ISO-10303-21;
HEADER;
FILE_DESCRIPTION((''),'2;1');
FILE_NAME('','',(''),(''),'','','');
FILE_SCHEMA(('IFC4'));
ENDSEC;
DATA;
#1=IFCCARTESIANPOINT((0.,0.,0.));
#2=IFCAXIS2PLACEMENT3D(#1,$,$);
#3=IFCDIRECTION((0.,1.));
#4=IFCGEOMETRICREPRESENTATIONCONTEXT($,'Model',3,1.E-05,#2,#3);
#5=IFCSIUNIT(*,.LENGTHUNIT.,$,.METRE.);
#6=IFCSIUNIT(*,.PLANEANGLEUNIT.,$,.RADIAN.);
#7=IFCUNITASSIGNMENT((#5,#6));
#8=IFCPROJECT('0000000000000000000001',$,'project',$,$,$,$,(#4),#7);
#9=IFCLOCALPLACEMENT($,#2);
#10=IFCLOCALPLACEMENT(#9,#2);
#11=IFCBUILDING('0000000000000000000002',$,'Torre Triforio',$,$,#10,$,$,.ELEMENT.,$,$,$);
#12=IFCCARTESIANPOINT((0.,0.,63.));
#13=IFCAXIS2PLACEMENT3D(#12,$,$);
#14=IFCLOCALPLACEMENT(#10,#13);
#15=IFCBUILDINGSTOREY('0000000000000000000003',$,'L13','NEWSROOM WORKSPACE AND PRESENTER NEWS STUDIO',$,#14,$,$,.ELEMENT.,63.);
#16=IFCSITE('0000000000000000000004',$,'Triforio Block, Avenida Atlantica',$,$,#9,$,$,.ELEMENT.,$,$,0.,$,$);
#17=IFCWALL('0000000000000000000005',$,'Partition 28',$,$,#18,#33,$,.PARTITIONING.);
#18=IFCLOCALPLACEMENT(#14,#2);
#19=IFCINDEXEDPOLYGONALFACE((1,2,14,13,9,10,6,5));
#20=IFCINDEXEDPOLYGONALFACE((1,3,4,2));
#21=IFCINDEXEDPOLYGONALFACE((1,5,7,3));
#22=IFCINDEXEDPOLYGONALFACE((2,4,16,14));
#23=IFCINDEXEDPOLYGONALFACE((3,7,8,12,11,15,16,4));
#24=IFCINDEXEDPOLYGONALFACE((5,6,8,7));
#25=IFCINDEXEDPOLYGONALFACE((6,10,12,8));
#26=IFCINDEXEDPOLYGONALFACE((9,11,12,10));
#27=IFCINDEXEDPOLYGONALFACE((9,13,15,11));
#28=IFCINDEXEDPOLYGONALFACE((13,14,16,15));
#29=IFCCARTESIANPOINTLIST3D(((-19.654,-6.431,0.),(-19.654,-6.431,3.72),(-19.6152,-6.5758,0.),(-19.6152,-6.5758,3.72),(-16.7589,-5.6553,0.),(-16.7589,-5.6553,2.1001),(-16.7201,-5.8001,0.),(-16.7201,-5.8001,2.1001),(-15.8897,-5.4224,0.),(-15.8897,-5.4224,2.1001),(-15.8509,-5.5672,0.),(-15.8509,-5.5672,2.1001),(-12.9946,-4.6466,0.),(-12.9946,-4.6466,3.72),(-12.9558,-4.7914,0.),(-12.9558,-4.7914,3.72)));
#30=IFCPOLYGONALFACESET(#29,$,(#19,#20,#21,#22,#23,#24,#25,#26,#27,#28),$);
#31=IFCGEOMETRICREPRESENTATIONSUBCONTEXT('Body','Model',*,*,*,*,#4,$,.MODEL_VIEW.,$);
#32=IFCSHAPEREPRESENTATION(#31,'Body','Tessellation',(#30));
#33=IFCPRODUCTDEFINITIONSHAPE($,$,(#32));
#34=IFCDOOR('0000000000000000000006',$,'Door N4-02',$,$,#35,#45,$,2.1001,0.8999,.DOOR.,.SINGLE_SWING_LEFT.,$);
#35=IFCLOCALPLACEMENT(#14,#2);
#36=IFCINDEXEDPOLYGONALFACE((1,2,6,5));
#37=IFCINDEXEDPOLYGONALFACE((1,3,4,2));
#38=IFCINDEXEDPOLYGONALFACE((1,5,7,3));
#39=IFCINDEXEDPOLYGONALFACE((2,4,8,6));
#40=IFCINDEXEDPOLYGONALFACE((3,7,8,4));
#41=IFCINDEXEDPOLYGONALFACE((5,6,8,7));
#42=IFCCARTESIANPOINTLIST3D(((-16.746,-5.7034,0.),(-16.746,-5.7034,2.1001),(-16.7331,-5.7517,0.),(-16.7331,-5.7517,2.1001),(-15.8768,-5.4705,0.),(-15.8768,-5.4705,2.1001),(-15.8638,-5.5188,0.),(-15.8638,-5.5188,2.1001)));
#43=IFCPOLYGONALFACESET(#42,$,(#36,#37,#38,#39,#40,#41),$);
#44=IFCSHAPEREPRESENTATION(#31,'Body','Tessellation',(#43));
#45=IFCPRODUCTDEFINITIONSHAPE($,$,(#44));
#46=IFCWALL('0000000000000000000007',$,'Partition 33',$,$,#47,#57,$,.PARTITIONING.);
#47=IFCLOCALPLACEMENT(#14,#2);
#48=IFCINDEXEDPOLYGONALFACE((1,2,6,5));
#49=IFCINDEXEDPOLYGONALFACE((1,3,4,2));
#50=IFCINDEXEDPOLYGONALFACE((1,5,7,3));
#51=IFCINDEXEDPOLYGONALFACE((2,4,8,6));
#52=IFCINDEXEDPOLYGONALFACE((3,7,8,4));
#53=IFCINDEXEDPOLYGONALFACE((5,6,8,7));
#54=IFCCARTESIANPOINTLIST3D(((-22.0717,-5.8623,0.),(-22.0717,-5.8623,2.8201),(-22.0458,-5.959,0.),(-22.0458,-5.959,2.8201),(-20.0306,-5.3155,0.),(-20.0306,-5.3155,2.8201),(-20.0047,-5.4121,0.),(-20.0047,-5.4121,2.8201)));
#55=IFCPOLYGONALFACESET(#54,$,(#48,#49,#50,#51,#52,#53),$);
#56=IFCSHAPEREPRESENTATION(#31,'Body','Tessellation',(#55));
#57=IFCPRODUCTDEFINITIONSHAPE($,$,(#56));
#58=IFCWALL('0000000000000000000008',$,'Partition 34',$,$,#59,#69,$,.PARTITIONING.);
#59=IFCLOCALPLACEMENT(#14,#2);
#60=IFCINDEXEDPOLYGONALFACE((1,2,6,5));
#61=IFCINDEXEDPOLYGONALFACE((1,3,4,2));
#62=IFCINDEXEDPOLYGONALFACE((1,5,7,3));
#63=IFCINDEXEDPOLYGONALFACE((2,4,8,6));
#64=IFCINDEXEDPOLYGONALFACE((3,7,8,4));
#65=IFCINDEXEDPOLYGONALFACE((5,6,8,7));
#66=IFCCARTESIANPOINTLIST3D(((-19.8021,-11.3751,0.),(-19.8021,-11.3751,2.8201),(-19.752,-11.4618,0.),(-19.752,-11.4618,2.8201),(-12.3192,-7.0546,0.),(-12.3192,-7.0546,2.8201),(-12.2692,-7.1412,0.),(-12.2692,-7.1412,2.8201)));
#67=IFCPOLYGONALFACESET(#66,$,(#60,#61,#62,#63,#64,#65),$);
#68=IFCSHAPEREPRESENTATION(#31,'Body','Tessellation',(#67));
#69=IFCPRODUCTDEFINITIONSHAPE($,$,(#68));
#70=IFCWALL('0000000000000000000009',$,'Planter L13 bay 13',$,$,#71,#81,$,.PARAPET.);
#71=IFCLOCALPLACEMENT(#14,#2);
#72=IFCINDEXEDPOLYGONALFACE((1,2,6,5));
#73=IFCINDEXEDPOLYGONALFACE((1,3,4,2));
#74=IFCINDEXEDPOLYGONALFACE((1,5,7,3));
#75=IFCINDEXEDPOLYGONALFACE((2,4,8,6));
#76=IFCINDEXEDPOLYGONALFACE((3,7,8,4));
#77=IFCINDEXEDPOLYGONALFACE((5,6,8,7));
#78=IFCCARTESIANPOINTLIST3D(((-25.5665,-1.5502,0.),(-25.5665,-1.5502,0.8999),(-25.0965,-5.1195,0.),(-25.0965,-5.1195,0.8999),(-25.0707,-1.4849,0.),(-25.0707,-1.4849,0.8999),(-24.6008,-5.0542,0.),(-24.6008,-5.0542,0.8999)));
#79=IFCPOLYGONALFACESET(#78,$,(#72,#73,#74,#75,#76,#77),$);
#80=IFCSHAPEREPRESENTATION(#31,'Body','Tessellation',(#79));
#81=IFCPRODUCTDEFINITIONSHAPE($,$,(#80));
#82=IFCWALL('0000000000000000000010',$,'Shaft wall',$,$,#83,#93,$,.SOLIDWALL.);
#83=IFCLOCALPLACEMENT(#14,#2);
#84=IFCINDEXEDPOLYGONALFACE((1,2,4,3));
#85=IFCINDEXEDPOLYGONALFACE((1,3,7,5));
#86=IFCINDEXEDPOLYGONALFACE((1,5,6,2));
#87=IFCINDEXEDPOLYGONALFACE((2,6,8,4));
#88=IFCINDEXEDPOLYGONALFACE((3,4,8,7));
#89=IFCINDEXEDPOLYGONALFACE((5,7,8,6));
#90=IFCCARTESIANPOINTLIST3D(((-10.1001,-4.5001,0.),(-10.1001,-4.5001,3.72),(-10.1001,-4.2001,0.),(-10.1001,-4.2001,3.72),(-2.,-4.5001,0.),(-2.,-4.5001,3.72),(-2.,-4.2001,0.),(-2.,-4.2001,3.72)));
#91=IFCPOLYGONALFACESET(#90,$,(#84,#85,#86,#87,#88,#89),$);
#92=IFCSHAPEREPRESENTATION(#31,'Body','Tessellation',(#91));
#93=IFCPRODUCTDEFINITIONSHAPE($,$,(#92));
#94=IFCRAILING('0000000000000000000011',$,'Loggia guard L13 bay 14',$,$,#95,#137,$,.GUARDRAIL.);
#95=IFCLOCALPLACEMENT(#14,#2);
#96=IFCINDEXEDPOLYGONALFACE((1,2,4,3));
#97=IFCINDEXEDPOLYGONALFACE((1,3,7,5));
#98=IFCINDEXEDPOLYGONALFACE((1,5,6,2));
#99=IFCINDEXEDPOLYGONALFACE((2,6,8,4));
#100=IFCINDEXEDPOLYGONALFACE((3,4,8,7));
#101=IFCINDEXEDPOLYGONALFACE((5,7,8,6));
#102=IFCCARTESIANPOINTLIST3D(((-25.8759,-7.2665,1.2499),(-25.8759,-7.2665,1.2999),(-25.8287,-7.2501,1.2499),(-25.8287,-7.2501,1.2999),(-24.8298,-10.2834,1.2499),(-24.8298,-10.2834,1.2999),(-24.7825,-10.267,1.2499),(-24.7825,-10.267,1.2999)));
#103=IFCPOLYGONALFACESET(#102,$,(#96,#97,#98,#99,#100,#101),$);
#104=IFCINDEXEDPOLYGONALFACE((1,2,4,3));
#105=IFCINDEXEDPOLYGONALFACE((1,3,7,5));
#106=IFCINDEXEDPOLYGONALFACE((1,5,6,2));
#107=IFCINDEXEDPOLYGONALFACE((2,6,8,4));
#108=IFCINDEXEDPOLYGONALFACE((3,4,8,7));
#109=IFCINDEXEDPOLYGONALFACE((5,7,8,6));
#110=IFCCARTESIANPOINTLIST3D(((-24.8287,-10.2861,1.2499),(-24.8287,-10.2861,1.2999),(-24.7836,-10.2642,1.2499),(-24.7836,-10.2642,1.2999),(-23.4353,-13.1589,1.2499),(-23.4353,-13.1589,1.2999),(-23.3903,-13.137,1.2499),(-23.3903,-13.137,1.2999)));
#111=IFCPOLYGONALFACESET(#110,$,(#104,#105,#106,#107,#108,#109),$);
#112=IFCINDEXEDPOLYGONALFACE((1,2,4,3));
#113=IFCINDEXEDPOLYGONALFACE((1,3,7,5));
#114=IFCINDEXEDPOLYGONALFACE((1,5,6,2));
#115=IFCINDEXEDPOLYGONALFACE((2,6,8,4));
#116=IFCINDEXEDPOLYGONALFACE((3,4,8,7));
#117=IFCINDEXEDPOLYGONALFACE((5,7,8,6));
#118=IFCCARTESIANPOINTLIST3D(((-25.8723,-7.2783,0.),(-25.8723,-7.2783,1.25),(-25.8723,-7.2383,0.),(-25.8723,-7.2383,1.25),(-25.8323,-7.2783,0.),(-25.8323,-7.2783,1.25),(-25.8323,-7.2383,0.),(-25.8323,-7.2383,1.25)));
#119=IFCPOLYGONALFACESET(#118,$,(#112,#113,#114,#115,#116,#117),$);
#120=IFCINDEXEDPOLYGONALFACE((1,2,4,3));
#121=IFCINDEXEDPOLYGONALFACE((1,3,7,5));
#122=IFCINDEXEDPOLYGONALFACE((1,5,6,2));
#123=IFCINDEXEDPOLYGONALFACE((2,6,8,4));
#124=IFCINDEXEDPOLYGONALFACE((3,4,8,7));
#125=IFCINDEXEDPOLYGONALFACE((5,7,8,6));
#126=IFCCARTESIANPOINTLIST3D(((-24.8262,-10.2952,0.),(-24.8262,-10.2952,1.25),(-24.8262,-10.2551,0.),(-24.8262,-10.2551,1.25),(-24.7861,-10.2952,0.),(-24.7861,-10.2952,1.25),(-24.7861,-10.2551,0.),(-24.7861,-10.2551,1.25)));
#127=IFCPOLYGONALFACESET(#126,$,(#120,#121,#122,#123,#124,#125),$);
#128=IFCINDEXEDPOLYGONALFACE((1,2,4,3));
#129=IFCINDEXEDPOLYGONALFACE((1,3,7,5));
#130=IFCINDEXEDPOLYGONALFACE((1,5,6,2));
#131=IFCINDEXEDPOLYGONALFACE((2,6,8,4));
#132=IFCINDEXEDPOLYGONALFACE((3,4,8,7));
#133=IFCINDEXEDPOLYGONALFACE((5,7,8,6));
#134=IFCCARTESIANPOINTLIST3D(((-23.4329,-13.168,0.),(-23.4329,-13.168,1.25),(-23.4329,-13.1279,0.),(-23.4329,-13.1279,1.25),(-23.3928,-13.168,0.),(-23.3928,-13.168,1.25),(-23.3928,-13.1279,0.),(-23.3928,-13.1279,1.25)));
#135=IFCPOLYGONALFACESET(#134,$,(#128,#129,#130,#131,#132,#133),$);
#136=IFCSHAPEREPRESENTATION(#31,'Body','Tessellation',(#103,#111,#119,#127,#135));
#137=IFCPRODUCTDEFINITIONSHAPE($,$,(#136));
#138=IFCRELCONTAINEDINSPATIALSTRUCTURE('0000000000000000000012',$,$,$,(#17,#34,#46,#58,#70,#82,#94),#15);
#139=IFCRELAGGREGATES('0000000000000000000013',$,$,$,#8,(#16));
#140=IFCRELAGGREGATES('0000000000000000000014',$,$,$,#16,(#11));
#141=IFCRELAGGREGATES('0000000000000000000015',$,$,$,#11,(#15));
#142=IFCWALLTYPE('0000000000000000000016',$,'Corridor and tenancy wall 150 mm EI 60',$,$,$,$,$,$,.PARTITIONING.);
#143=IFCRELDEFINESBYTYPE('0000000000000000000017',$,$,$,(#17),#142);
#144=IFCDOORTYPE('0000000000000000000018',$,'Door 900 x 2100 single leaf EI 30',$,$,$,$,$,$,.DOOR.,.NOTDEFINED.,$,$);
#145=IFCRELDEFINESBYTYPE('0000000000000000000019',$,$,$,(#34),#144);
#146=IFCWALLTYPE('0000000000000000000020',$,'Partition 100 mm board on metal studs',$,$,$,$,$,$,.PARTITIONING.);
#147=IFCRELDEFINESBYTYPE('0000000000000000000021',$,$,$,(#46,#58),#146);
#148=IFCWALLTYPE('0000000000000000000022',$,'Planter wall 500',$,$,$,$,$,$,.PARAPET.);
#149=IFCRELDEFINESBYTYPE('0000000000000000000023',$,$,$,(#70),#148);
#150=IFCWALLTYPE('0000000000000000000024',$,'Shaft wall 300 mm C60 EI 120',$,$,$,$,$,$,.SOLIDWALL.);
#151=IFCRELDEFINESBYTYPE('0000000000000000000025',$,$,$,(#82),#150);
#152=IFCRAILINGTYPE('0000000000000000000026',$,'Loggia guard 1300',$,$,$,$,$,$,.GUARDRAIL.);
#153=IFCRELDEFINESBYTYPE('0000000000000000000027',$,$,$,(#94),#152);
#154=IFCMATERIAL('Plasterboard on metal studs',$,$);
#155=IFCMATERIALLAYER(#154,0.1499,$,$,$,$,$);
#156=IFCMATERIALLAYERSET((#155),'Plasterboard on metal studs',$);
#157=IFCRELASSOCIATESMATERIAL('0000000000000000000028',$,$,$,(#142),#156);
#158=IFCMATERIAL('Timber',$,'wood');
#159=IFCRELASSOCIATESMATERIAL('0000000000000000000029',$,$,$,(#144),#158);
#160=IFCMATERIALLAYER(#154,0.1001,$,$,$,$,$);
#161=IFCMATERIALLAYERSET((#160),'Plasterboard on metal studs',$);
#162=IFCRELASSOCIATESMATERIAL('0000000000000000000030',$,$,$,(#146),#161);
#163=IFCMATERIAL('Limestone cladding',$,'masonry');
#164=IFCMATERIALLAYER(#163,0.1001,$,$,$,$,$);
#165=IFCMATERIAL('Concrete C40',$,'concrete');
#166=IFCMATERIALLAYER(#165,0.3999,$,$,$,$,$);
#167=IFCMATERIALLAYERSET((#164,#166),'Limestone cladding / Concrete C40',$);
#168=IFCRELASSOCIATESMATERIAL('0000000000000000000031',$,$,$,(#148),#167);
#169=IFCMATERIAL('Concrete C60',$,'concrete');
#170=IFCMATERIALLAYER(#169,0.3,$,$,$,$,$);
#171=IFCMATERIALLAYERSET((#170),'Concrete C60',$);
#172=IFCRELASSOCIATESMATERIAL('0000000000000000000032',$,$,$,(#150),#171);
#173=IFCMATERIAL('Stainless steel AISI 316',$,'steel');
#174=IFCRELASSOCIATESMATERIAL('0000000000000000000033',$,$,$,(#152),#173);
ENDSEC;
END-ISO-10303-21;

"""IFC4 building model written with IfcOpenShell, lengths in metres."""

from ifc_helpers import new_model, si_unit, direction, frame, frame_2d, origin, origin_2d, place, context, subcontext, project, spatial, rectangle, extrude, material, layer, layer_set, type_object, element, fill, save


model = new_model("IFC4")

# Units and contexts
model_context = context("Model", 3, precision=1e-05, world=origin(), true_north=direction((0.0, 1.0)))
body_context = subcontext(model_context, "Body", "Model", "MODEL_VIEW")
ifc_project = project(units=[si_unit("LENGTHUNIT", "METRE"), si_unit("PLANEANGLEUNIT", "RADIAN")], contexts=[model_context])

# Site, building, storey
site_placement = place(None, origin())
site = spatial("IfcSite", under=ifc_project, at=site_placement, Name="Triforio Block, Avenida Atlantica", CompositionType="ELEMENT", RefElevation=0.0)
building_placement = place(site_placement, origin())
building = spatial("IfcBuilding", under=site, at=building_placement, Name="Torre Triforio", CompositionType="ELEMENT")
storey_placement = place(building_placement, frame((0.0, 0.0, 63.0)))
storey = spatial("IfcBuildingStorey", under=building, at=storey_placement, Name="L13", Description="NEWSROOM WORKSPACE AND PRESENTER NEWS STUDIO", CompositionType="ELEMENT", Elevation=63.0)

# Shared definitions
ifc_material_1 = material(Name="Concrete C60", Category="concrete")

# Shared definitions
ifc_material_2 = material(Name="Plasterboard on metal studs")
ifc_layer_1 = layer(ifc_material_2, 0.1499)
ifc_layer_set_1 = layer_set([ifc_layer_1], Name="Plasterboard on metal studs")
wall_type_1 = type_object("IfcWallType", Name="Corridor and tenancy wall 150 mm EI 60", PredefinedType="PARTITIONING", material=ifc_layer_set_1)

# Shared definitions
ifc_material_3 = material(Name="Timber", Category="wood")

# Wall, opening, door
wall_1_placement = place(storey_placement, frame((-12.9751, -4.719, 0.0), z_axis=(0.0, 0.0, 1.0), x_axis=(-0.965924, -0.258824, 0.0)))
wall_1 = element("IfcWall", 1, at=wall_1_placement, inside=storey, type_object=wall_type_1, Name="Partition 28", PredefinedType="PARTITIONING", context=body_context, shape_type="SweptSolid", body=[
    extrude(rectangle(XDim=6.8943, YDim=0.1499, at=frame_2d((3.4473, 0.0))), origin(), (0.0, 0.0, 1.0), 3.72),
])
opening_1_placement = place(wall_1_placement, frame((2.9973, 0.0, 0.0)))
opening_1 = element("IfcOpeningElement", 2, at=opening_1_placement, cuts=wall_1, PredefinedType="OPENING", context=body_context, shape_type="SweptSolid", body=[
    extrude(rectangle(XDim=0.8999, YDim=2.1001, at=frame_2d((0.45, 1.05))), frame((0.0, 0.085, 0.0), z_axis=(0.0, -1.0, 0.0), x_axis=(1.0, 0.0, 0.0)), (0.0, 0.0, 1.0), 0.1699),
])
door_type_1 = type_object("IfcDoorType", Name="Door 900 x 2100 single leaf EI 30", OperationType="NOTDEFINED", PredefinedType="DOOR", material=ifc_material_3)
door_1_placement = place(opening_1_placement, origin())
door_1 = element("IfcDoor", 3, at=door_1_placement, inside=storey, type_object=door_type_1, Name="Door N4-02", OperationType="SINGLE_SWING_LEFT", OverallHeight=2.1001, OverallWidth=0.8999, PredefinedType="DOOR", context=body_context, shape_type="SweptSolid", body=[
    extrude(rectangle(XDim=0.8999, YDim=2.1001, at=frame_2d((0.45, 1.05))), frame((0.0, 0.0249, 0.0), z_axis=(0.0, -1.0, 0.0), x_axis=(1.0, 0.0, 0.0)), (0.0, 0.0, 1.0), 0.05),
])
fill(opening_1, door_1)

# Walls
ifc_layer_2 = layer(ifc_material_2, 0.1001)
ifc_layer_set_2 = layer_set([ifc_layer_2], Name="Plasterboard on metal studs")
wall_type_2 = type_object("IfcWallType", Name="Partition 100 mm board on metal studs", PredefinedType="PARTITIONING", material=ifc_layer_set_2)
wall_2_placement = place(storey_placement, frame((-20.0176, -5.3638, 0.0), z_axis=(0.0, 0.0, 1.0), x_axis=(-0.965927, -0.258813, 0.0)))
element("IfcWall", 4, at=wall_2_placement, inside=storey, type_object=wall_type_2, Name="Partition 33", PredefinedType="PARTITIONING", context=body_context, shape_type="SweptSolid", body=[
    extrude(rectangle(XDim=2.113, YDim=0.1001, at=frame_2d((1.0566, 0.0))), origin(), (0.0, 0.0, 1.0), 2.8201),
])
wall_3_placement = place(storey_placement, frame((-12.2942, -7.0979, 0.0), z_axis=(0.0, 0.0, 1.0), x_axis=(-0.866011, -0.500026, 0.0)))
element("IfcWall", 5, at=wall_3_placement, inside=storey, type_object=wall_type_2, Name="Partition 34", PredefinedType="PARTITIONING", context=body_context, shape_type="SweptSolid", body=[
    extrude(rectangle(XDim=8.6406, YDim=0.1001, at=frame_2d((4.3203, 0.0))), origin(), (0.0, 0.0, 1.0), 2.8201),
])
ifc_material_4 = material(Name="Limestone cladding", Category="masonry")
ifc_layer_3 = layer(ifc_material_4, 0.1001)
ifc_material_5 = material(Name="Concrete C40", Category="concrete")
ifc_layer_4 = layer(ifc_material_5, 0.3999)
ifc_layer_set_3 = layer_set([ifc_layer_3, ifc_layer_4], Name="Limestone cladding / Concrete C40")
wall_type_3 = type_object("IfcWallType", Name="Planter wall 500", PredefinedType="PARAPET", material=ifc_layer_set_3)
wall_4_placement = place(storey_placement, frame((-25.3186, -1.5176, 0.0), z_axis=(0.0, 0.0, 1.0), x_axis=(0.130542, -0.991443, 0.0)))
element("IfcWall", 6, at=wall_4_placement, inside=storey, type_object=wall_type_3, Name="Planter L13 bay 13", PredefinedType="PARAPET", context=body_context, shape_type="SweptSolid", body=[
    extrude(rectangle(XDim=3.6001, YDim=0.5, at=frame_2d((1.8, 0.0))), origin(), (0.0, 0.0, 1.0), 0.8999),
])
ifc_layer_5 = layer(ifc_material_1, 0.3)
ifc_layer_set_4 = layer_set([ifc_layer_5], Name="Concrete C60")
wall_type_4 = type_object("IfcWallType", Name="Shaft wall 300 mm C60 EI 120", PredefinedType="SOLIDWALL", material=ifc_layer_set_4)
wall_5_placement = place(storey_placement, frame((-10.1001, -4.3501, 0.0), z_axis=(0.0, 0.0, 1.0), x_axis=(1.0, 0.0, 0.0)))
element("IfcWall", 7, at=wall_5_placement, inside=storey, type_object=wall_type_4, Name="Shaft wall", PredefinedType="SOLIDWALL", context=body_context, shape_type="SweptSolid", body=[
    extrude(rectangle(XDim=8.1001, YDim=0.3, at=frame_2d((4.05, 0.0))), origin(), (0.0, 0.0, 1.0), 3.72),
])

# Railing
ifc_material_6 = material(Name="Stainless steel AISI 316", Category="steel")
railing_type = type_object("IfcRailingType", Name="Loggia guard 1300", PredefinedType="GUARDRAIL", material=ifc_material_6)
railing_placement = place(storey_placement, frame((-25.8523, -7.2583, 0.0)))
element("IfcRailing", 8, at=railing_placement, inside=storey, type_object=railing_type, Name="Loggia guard L13 bay 14", PredefinedType="GUARDRAIL", context=body_context, shape_type="SweptSolid", body=[
    extrude(rectangle(XDim=0.05, YDim=0.05, at=origin_2d()), frame((0.0, 0.0, 1.2749), z_axis=(0.327628, -0.944807, 0.0), x_axis=(0.944807, 0.327628, 0.0)), (0.0, 0.0, 1.0), 3.1931),
    extrude(rectangle(XDim=0.05, YDim=0.05, at=origin_2d()), frame((1.0461, -3.0168, 1.2749), z_axis=(0.436384, -0.89976, 0.0), x_axis=(0.89976, 0.436384, 0.0)), (0.0, 0.0, 1.0), 3.1929),
    extrude(rectangle(XDim=0.04, YDim=0.04, at=origin_2d()), origin(), (0.0, 0.0, 1.0), 1.25),
    extrude(rectangle(XDim=0.04, YDim=0.04, at=origin_2d()), frame((1.0461, -3.0168, 0.0)), (0.0, 0.0, 1.0), 1.25),
    extrude(rectangle(XDim=0.04, YDim=0.04, at=origin_2d()), frame((2.4395, -5.8896, 0.0)), (0.0, 0.0, 1.0), 1.25),
])

save(model, "model.ifc")
